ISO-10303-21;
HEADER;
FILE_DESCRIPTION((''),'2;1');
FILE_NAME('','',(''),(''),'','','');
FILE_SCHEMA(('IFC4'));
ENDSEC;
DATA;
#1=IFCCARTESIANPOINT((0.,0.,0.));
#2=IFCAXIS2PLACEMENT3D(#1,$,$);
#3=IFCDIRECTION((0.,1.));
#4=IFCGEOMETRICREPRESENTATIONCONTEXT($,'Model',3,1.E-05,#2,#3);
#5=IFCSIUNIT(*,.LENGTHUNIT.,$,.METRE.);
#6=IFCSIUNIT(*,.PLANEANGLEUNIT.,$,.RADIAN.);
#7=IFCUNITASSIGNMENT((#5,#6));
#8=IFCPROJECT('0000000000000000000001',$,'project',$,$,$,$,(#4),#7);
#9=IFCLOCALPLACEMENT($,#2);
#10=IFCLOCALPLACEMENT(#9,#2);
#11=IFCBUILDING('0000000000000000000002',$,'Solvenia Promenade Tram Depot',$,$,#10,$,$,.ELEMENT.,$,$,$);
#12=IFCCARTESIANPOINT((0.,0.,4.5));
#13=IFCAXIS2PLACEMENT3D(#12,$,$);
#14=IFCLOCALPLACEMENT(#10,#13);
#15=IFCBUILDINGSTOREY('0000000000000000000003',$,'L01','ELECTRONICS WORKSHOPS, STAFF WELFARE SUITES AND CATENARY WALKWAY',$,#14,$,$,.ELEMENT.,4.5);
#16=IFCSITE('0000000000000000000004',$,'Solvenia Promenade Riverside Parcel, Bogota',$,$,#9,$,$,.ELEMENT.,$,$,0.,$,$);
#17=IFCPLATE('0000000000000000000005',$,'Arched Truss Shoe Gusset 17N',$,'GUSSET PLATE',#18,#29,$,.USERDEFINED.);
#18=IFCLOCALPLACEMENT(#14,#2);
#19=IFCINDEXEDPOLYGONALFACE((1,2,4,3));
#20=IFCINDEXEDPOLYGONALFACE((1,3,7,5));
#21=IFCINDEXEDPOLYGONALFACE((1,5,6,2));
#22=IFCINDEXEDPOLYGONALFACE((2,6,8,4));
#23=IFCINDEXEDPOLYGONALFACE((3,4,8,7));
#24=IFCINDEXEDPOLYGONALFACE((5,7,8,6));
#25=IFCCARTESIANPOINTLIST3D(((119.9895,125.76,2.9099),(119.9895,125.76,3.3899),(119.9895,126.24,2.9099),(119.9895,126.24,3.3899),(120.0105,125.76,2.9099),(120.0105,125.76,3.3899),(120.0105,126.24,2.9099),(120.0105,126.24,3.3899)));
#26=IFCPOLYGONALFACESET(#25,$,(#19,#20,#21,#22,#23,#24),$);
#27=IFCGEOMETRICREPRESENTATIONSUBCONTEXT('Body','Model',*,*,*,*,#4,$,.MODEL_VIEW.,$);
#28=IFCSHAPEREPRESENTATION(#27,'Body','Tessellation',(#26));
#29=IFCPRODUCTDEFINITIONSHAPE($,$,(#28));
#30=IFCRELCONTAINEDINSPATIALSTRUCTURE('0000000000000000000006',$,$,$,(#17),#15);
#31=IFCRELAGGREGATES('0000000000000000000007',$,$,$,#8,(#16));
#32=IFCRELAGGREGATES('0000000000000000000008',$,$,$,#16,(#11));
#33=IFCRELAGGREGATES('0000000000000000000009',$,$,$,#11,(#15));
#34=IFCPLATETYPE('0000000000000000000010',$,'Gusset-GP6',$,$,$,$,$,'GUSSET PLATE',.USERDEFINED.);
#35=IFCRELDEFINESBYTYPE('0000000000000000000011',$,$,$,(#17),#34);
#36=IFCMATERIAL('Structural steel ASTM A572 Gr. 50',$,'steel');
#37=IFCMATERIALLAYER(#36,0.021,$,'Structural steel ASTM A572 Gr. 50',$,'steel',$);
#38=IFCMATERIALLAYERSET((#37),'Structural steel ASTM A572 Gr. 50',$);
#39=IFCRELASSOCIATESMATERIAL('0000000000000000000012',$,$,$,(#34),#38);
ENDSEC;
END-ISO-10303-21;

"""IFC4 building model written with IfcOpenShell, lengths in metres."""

from ifc_helpers import new_model, si_unit, direction, frame, origin, origin_2d, place, context, subcontext, project, spatial, rectangle, extrude, material, layer, layer_set, type_object, element, save


model = new_model("IFC4")

# Units and contexts
model_context = context("Model", 3, precision=1e-05, world=origin(), true_north=direction((0.0, 1.0)))
body_context = subcontext(model_context, "Body", "Model", "MODEL_VIEW")
ifc_project = project(units=[si_unit("LENGTHUNIT", "METRE"), si_unit("PLANEANGLEUNIT", "RADIAN")], contexts=[model_context])

# Site, building, storey
site_placement = place(None, origin())
site = spatial("IfcSite", under=ifc_project, at=site_placement, Name="Solvenia Promenade Riverside Parcel, Bogota", CompositionType="ELEMENT", RefElevation=0.0)
building_placement = place(site_placement, origin())
building = spatial("IfcBuilding", under=site, at=building_placement, Name="Solvenia Promenade Tram Depot", CompositionType="ELEMENT")
storey_placement = place(building_placement, frame((0.0, 0.0, 4.5)))
storey = spatial("IfcBuildingStorey", under=building, at=storey_placement, Name="L01", Description="ELECTRONICS WORKSHOPS, STAFF WELFARE SUITES AND CATENARY WALKWAY", CompositionType="ELEMENT", Elevation=4.5)

# Plate
ifc_material_1 = material(Name="Structural steel ASTM A572 Gr. 50", Category="steel")
ifc_layer_1 = layer(ifc_material_1, 0.021, Name="Structural steel ASTM A572 Gr. 50", Category="steel")
ifc_layer_set_1 = layer_set([ifc_layer_1], Name="Structural steel ASTM A572 Gr. 50")
plate_type_1 = type_object("IfcPlateType", Name="Gusset-GP6", ElementType="GUSSET PLATE", PredefinedType="USERDEFINED", material=ifc_layer_set_1)
plate_1_placement = place(storey_placement, frame((120.0, 126.0, 2.9099), z_axis=(0.0, 0.0, 1.0), x_axis=(1.0, 0.0, 0.0)))
element("IfcPlate", 1, at=plate_1_placement, inside=storey, type_object=plate_type_1, Name="Arched Truss Shoe Gusset 17N", ObjectType="GUSSET PLATE", PredefinedType="USERDEFINED", context=body_context, shape_type="SweptSolid", body=[
    extrude(rectangle(XDim=0.021, YDim=0.48, at=origin_2d()), origin(), (0.0, 0.0, 1.0), 0.48),
])

save(model, "model.ifc")
